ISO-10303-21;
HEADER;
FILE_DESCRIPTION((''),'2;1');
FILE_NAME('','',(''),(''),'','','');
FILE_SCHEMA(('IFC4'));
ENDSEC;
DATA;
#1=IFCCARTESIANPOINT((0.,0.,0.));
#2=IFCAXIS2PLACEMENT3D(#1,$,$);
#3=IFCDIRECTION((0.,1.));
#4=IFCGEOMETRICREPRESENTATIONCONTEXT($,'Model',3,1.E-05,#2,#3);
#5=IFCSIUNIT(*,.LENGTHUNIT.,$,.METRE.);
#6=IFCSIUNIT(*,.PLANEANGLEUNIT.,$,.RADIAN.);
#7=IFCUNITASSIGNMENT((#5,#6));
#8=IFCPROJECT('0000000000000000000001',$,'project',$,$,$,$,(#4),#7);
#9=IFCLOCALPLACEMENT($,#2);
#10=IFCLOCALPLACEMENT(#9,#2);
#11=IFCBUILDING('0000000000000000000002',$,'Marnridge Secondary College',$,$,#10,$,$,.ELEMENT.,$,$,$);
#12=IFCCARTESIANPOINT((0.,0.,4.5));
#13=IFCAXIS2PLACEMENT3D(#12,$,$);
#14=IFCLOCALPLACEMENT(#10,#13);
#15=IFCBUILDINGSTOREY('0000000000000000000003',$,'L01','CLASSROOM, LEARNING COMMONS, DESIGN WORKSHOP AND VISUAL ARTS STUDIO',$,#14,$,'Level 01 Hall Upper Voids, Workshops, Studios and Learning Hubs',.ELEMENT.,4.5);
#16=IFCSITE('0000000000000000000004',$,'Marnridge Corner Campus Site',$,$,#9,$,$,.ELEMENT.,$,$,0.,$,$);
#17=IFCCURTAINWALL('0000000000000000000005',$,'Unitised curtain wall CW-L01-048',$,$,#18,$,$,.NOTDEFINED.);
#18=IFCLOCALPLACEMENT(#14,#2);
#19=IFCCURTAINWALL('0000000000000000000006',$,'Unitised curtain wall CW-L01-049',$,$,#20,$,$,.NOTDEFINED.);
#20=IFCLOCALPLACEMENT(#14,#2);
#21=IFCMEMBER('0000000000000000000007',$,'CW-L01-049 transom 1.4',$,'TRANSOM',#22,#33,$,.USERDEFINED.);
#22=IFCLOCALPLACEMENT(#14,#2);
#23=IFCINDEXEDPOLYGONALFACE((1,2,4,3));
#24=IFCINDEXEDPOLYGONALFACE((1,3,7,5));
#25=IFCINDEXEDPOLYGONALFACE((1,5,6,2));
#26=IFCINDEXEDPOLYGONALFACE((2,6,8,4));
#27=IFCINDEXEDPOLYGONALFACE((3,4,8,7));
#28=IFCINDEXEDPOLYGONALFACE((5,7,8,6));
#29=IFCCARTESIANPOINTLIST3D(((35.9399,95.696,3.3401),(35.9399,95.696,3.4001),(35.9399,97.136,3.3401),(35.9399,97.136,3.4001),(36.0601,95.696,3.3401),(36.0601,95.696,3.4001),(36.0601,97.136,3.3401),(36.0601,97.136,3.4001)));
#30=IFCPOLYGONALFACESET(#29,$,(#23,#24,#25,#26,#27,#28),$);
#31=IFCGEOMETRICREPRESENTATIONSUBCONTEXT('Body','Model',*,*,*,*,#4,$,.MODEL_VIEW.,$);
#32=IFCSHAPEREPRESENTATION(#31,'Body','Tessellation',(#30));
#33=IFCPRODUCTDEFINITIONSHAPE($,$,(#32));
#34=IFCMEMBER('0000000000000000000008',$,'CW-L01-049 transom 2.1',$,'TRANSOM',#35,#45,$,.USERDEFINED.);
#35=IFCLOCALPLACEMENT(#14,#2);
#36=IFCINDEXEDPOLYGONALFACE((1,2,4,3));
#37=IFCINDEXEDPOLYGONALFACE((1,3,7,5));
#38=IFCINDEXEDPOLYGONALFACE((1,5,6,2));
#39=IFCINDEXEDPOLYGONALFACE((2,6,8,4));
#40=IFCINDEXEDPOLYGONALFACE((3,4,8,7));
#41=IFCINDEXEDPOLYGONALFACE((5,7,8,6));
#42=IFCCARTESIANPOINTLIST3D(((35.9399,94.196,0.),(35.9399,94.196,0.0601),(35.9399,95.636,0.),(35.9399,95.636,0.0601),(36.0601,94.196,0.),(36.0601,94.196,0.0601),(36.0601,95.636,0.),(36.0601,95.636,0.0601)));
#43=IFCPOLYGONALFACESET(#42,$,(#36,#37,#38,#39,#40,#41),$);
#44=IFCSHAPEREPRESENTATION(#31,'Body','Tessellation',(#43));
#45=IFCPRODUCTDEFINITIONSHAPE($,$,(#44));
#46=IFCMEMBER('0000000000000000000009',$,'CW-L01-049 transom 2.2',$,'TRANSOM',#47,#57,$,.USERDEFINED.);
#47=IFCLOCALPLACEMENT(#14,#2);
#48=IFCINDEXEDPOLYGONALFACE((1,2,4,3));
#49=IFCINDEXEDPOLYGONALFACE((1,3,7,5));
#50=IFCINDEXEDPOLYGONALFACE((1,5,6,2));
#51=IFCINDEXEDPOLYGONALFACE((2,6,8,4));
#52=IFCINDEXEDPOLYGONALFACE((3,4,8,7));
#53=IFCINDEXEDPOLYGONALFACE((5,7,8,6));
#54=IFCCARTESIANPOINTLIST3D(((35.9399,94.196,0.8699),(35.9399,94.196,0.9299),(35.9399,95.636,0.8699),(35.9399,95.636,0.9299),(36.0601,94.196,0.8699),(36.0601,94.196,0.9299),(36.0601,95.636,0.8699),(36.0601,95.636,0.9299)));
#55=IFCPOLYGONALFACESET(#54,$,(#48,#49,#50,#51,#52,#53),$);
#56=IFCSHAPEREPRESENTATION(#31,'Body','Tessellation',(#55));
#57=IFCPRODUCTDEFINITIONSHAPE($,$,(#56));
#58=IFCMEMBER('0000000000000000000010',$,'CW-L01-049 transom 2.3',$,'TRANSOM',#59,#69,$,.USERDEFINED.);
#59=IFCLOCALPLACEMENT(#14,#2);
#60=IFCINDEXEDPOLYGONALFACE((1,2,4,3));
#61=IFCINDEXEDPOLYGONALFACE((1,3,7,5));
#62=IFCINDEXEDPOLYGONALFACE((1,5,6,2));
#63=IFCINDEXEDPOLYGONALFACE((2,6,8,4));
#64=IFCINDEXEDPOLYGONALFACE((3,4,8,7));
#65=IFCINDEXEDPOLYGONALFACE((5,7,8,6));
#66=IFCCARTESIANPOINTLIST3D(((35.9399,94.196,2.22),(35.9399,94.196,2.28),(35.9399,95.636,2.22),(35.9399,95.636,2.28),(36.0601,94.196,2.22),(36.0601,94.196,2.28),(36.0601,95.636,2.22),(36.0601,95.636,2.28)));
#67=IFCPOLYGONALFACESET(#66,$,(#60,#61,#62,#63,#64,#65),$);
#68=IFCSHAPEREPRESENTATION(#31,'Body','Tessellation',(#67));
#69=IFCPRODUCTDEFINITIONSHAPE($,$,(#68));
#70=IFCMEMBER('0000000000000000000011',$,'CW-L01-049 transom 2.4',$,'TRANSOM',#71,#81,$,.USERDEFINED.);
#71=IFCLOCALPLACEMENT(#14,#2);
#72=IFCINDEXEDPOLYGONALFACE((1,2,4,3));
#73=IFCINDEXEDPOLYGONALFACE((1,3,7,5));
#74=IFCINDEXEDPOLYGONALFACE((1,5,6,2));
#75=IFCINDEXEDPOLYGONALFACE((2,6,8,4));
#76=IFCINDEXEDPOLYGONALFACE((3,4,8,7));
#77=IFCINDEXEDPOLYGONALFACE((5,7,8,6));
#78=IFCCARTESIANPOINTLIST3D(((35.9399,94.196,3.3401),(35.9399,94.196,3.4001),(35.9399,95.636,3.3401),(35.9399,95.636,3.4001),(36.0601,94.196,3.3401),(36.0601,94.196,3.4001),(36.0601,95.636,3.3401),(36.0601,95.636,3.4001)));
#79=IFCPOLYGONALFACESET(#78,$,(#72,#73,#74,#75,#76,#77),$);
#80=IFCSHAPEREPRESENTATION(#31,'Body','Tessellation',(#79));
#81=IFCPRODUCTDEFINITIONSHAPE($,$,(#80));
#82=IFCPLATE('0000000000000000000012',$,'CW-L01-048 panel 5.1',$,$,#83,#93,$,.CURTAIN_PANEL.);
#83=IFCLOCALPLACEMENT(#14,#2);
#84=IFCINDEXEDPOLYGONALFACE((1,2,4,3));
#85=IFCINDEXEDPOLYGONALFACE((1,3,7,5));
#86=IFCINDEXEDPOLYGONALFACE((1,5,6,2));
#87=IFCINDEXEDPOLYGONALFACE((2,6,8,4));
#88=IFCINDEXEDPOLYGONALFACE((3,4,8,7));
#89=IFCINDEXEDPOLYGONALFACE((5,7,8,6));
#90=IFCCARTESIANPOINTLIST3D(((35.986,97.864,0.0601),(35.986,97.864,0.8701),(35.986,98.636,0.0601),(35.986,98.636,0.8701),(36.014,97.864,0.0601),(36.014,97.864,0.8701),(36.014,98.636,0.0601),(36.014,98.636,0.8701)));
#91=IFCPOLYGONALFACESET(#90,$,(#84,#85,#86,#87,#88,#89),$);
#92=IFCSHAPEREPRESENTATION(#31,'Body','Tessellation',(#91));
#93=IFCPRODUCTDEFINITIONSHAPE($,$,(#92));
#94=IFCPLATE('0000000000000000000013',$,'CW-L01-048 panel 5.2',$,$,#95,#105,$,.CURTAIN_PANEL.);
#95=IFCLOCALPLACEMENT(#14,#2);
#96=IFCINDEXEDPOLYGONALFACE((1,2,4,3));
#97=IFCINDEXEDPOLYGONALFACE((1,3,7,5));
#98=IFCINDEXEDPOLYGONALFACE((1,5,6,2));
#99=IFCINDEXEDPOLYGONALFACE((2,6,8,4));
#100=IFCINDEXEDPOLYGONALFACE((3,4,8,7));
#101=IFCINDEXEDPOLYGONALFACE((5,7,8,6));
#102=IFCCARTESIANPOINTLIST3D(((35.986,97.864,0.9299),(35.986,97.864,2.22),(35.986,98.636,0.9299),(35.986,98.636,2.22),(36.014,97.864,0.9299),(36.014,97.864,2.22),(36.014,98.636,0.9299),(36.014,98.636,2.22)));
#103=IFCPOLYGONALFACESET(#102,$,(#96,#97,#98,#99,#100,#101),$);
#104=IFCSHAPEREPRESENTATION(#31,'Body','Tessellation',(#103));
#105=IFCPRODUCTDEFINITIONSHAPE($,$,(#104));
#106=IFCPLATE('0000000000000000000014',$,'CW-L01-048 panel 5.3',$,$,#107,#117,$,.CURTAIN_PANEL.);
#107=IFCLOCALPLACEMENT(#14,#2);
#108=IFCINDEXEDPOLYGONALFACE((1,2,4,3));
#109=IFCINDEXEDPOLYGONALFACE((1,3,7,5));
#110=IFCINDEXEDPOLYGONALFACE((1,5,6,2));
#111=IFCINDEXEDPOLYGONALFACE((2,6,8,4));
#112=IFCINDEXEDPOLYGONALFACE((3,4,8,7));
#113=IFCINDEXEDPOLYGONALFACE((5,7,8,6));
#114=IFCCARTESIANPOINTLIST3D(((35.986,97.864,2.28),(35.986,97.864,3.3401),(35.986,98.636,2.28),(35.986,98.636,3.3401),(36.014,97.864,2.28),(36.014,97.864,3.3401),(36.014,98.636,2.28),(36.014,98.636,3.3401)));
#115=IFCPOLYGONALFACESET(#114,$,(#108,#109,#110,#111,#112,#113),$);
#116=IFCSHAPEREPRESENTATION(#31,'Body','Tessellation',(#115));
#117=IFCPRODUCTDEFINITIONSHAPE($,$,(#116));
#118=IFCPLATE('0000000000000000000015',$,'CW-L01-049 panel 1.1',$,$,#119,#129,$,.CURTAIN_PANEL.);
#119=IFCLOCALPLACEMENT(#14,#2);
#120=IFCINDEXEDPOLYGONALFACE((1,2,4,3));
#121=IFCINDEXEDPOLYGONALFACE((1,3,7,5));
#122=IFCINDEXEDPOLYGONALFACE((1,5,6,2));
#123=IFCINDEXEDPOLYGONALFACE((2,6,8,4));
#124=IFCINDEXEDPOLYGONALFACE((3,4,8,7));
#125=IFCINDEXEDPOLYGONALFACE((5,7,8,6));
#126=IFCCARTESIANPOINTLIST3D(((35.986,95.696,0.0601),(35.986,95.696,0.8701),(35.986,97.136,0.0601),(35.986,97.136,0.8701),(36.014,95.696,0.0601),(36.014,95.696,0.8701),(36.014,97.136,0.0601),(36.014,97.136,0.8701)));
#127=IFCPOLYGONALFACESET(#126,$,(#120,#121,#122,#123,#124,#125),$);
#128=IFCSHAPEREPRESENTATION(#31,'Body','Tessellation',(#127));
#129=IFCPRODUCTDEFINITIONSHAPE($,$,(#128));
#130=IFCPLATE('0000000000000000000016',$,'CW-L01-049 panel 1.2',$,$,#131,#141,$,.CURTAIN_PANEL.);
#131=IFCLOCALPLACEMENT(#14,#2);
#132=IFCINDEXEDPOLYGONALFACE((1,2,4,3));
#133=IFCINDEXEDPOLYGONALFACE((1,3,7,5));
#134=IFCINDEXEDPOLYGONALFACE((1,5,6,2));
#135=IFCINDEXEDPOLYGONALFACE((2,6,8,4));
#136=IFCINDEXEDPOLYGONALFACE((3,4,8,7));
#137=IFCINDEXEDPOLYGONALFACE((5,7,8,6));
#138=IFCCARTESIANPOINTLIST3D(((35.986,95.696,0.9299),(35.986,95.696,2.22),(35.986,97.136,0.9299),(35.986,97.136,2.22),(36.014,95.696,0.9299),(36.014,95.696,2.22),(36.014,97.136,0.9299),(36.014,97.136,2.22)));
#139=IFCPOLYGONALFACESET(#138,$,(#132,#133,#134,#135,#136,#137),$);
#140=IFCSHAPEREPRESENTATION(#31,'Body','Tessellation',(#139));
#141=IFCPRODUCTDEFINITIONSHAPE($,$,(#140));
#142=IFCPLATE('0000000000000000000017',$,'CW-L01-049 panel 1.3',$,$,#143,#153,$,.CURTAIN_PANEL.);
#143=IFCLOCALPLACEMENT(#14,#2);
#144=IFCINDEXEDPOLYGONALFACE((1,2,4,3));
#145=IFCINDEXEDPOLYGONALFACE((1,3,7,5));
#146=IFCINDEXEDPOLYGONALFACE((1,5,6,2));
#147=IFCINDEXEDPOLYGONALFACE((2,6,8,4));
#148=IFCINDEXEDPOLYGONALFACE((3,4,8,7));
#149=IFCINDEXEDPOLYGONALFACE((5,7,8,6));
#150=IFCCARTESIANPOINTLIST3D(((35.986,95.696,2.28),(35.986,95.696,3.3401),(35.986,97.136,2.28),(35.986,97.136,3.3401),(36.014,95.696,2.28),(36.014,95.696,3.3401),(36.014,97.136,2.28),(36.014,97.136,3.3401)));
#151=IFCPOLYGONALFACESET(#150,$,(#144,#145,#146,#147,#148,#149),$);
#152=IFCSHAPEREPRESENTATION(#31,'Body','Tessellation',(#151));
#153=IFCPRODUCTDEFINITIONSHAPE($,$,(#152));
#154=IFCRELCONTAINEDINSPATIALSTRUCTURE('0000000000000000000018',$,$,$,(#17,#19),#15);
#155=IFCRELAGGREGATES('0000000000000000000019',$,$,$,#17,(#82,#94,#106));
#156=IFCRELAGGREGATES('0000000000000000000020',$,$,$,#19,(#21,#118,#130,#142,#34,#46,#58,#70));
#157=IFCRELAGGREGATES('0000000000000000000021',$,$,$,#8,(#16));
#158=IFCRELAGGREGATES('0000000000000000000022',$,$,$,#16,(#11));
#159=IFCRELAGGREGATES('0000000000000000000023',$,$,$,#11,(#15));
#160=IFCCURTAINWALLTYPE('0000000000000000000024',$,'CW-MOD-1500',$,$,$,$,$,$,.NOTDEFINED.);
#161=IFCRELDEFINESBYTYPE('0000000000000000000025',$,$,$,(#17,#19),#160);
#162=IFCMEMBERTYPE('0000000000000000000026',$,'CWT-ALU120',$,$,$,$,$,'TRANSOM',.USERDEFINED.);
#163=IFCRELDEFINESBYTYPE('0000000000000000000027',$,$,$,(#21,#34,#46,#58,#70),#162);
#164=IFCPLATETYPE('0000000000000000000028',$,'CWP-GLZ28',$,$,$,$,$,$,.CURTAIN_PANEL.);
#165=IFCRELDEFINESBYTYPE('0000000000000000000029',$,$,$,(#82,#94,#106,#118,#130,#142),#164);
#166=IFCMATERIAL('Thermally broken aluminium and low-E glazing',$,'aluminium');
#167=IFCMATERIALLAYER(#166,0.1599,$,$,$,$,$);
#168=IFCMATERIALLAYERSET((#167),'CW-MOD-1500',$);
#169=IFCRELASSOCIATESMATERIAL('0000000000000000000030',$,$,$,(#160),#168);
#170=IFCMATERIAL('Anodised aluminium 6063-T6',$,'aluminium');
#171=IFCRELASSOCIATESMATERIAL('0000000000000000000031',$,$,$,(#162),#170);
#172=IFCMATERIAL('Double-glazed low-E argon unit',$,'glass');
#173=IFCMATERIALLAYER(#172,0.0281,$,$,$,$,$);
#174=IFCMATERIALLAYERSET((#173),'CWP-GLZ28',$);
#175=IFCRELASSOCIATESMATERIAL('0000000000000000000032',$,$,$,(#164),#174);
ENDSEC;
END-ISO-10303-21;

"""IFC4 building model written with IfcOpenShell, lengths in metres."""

from ifc_helpers import new_model, si_unit, direction, frame, origin, origin_2d, place, context, subcontext, project, spatial, rectangle, extrude, material, layer, layer_set, material_profile, profile_set, type_object, element, aggregate, save


model = new_model("IFC4")

# Units and contexts
model_context = context("Model", 3, precision=1e-05, world=origin(), true_north=direction((0.0, 1.0)))
body_context = subcontext(model_context, "Body", "Model", "MODEL_VIEW")
ifc_project = project(units=[si_unit("LENGTHUNIT", "METRE"), si_unit("PLANEANGLEUNIT", "RADIAN")], contexts=[model_context])

# Site, building, storey
site_placement = place(None, origin())
site = spatial("IfcSite", under=ifc_project, at=site_placement, Name="Marnridge Corner Campus Site", CompositionType="ELEMENT", RefElevation=0.0)
building_placement = place(site_placement, origin())
building = spatial("IfcBuilding", under=site, at=building_placement, Name="Marnridge Secondary College", CompositionType="ELEMENT")
storey_placement = place(building_placement, frame((0.0, 0.0, 4.5)))
storey = spatial("IfcBuildingStorey", under=building, at=storey_placement, Name="L01", Description="CLASSROOM, LEARNING COMMONS, DESIGN WORKSHOP AND VISUAL ARTS STUDIO", LongName="Level 01 Hall Upper Voids, Workshops, Studios and Learning Hubs", CompositionType="ELEMENT", Elevation=4.5)

# Curtain wall
ifc_material_1 = material(Name="Thermally broken aluminium and low-E glazing", Category="aluminium")
ifc_layer_1 = layer(ifc_material_1, 0.1599)
ifc_layer_set_1 = layer_set([ifc_layer_1], Name="CW-MOD-1500")
curtain_wall_type = type_object("IfcCurtainWallType", Name="CW-MOD-1500", PredefinedType="NOTDEFINED", material=ifc_layer_set_1)
curtain_wall_1_placement = place(storey_placement, origin())
curtain_wall_1 = element("IfcCurtainWall", 1, at=curtain_wall_1_placement, inside=storey, type_object=curtain_wall_type, Name="Unitised curtain wall CW-L01-048", PredefinedType="NOTDEFINED")

# Curtain wall
curtain_wall_2_placement = place(storey_placement, origin())
curtain_wall_2 = element("IfcCurtainWall", 2, at=curtain_wall_2_placement, inside=storey, type_object=curtain_wall_type, Name="Unitised curtain wall CW-L01-049", PredefinedType="NOTDEFINED")

# Members
ifc_material_2 = material(Name="Anodised aluminium 6063-T6", Category="aluminium")
ifc_material_profile_1 = material_profile(ifc_material_2, rectangle(XDim=0.0601, YDim=0.1201, at=origin_2d()), Name="ALU 60x120")
ifc_profile_set_1 = profile_set([ifc_material_profile_1], Name="Anodised aluminium 6063-T6")
member_type_1 = type_object("IfcMemberType", Name="CWT-ALU120", ElementType="TRANSOM", PredefinedType="USERDEFINED", material=ifc_profile_set_1)
member_1_placement = place(storey_placement, frame((36.0, 97.136, 3.3701), z_axis=(0.0, -1.0, 0.0), x_axis=(0.0, 0.0, 1.0)))
member_1 = element("IfcMember", 3, at=member_1_placement, type_object=member_type_1, Name="CW-L01-049 transom 1.4", ObjectType="TRANSOM", PredefinedType="USERDEFINED", context=body_context, shape_type="SweptSolid", body=[
    extrude(rectangle(XDim=0.0601, YDim=0.1201, at=origin_2d()), origin(), (0.0, 0.0, 1.0), 1.4399),
])
member_2_placement = place(storey_placement, frame((36.0, 95.636, 0.03), z_axis=(0.0, -1.0, 0.0), x_axis=(0.0, 0.0, 1.0)))
member_2 = element("IfcMember", 4, at=member_2_placement, type_object=member_type_1, Name="CW-L01-049 transom 2.1", ObjectType="TRANSOM", PredefinedType="USERDEFINED", context=body_context, shape_type="SweptSolid", body=[
    extrude(rectangle(XDim=0.0601, YDim=0.1201, at=origin_2d()), origin(), (0.0, 0.0, 1.0), 1.4399),
])
member_3_placement = place(storey_placement, frame((36.0, 95.636, 0.8999), z_axis=(0.0, -1.0, 0.0), x_axis=(0.0, 0.0, 1.0)))
member_3 = element("IfcMember", 5, at=member_3_placement, type_object=member_type_1, Name="CW-L01-049 transom 2.2", ObjectType="TRANSOM", PredefinedType="USERDEFINED", context=body_context, shape_type="SweptSolid", body=[
    extrude(rectangle(XDim=0.0601, YDim=0.1201, at=origin_2d()), origin(), (0.0, 0.0, 1.0), 1.4399),
])
member_4_placement = place(storey_placement, frame((36.0, 95.636, 2.25), z_axis=(0.0, -1.0, 0.0), x_axis=(0.0, 0.0, 1.0)))
member_4 = element("IfcMember", 6, at=member_4_placement, type_object=member_type_1, Name="CW-L01-049 transom 2.3", ObjectType="TRANSOM", PredefinedType="USERDEFINED", context=body_context, shape_type="SweptSolid", body=[
    extrude(rectangle(XDim=0.0601, YDim=0.1201, at=origin_2d()), origin(), (0.0, 0.0, 1.0), 1.4399),
])
member_5_placement = place(storey_placement, frame((36.0, 95.636, 3.3701), z_axis=(0.0, -1.0, 0.0), x_axis=(0.0, 0.0, 1.0)))
member_5 = element("IfcMember", 7, at=member_5_placement, type_object=member_type_1, Name="CW-L01-049 transom 2.4", ObjectType="TRANSOM", PredefinedType="USERDEFINED", context=body_context, shape_type="SweptSolid", body=[
    extrude(rectangle(XDim=0.0601, YDim=0.1201, at=origin_2d()), origin(), (0.0, 0.0, 1.0), 1.4399),
])

# Plates
ifc_material_3 = material(Name="Double-glazed low-E argon unit", Category="glass")
ifc_layer_2 = layer(ifc_material_3, 0.0281)
ifc_layer_set_2 = layer_set([ifc_layer_2], Name="CWP-GLZ28")
plate_type = type_object("IfcPlateType", Name="CWP-GLZ28", PredefinedType="CURTAIN_PANEL", material=ifc_layer_set_2)
plate_1_placement = place(storey_placement, frame((36.0, 98.25, 0.0601), z_axis=(0.0, 0.0, 1.0), x_axis=(0.0, -1.0, 0.0)))
plate_1 = element("IfcPlate", 8, at=plate_1_placement, type_object=plate_type, Name="CW-L01-048 panel 5.1", PredefinedType="CURTAIN_PANEL", context=body_context, shape_type="SweptSolid", body=[
    extrude(rectangle(XDim=0.772, YDim=0.0281, at=origin_2d()), origin(), (0.0, 0.0, 1.0), 0.8101),
])
plate_2_placement = place(storey_placement, frame((36.0, 98.25, 0.9299), z_axis=(0.0, 0.0, 1.0), x_axis=(0.0, -1.0, 0.0)))
plate_2 = element("IfcPlate", 9, at=plate_2_placement, type_object=plate_type, Name="CW-L01-048 panel 5.2", PredefinedType="CURTAIN_PANEL", context=body_context, shape_type="SweptSolid", body=[
    extrude(rectangle(XDim=0.772, YDim=0.0281, at=origin_2d()), origin(), (0.0, 0.0, 1.0), 1.29),
])
plate_3_placement = place(storey_placement, frame((36.0, 98.25, 2.28), z_axis=(0.0, 0.0, 1.0), x_axis=(0.0, -1.0, 0.0)))
plate_3 = element("IfcPlate", 10, at=plate_3_placement, type_object=plate_type, Name="CW-L01-048 panel 5.3", PredefinedType="CURTAIN_PANEL", context=body_context, shape_type="SweptSolid", body=[
    extrude(rectangle(XDim=0.772, YDim=0.0281, at=origin_2d()), origin(), (0.0, 0.0, 1.0), 1.0601),
])
aggregate(curtain_wall_1, [plate_1, plate_2, plate_3])
plate_4_placement = place(storey_placement, frame((36.0, 96.416, 0.0601), z_axis=(0.0, 0.0, 1.0), x_axis=(0.0, -1.0, 0.0)))
plate_4 = element("IfcPlate", 11, at=plate_4_placement, type_object=plate_type, Name="CW-L01-049 panel 1.1", PredefinedType="CURTAIN_PANEL", context=body_context, shape_type="SweptSolid", body=[
    extrude(rectangle(XDim=1.4399, YDim=0.0281, at=origin_2d()), origin(), (0.0, 0.0, 1.0), 0.8101),
])
plate_5_placement = place(storey_placement, frame((36.0, 96.416, 0.9299), z_axis=(0.0, 0.0, 1.0), x_axis=(0.0, -1.0, 0.0)))
plate_5 = element("IfcPlate", 12, at=plate_5_placement, type_object=plate_type, Name="CW-L01-049 panel 1.2", PredefinedType="CURTAIN_PANEL", context=body_context, shape_type="SweptSolid", body=[
    extrude(rectangle(XDim=1.4399, YDim=0.0281, at=origin_2d()), origin(), (0.0, 0.0, 1.0), 1.29),
])
plate_6_placement = place(storey_placement, frame((36.0, 96.416, 2.28), z_axis=(0.0, 0.0, 1.0), x_axis=(0.0, -1.0, 0.0)))
plate_6 = element("IfcPlate", 13, at=plate_6_placement, type_object=plate_type, Name="CW-L01-049 panel 1.3", PredefinedType="CURTAIN_PANEL", context=body_context, shape_type="SweptSolid", body=[
    extrude(rectangle(XDim=1.4399, YDim=0.0281, at=origin_2d()), origin(), (0.0, 0.0, 1.0), 1.0601),
])
aggregate(curtain_wall_2, [member_1, plate_4, plate_5, plate_6, member_2, member_3, member_4, member_5])

save(model, "model.ifc")
